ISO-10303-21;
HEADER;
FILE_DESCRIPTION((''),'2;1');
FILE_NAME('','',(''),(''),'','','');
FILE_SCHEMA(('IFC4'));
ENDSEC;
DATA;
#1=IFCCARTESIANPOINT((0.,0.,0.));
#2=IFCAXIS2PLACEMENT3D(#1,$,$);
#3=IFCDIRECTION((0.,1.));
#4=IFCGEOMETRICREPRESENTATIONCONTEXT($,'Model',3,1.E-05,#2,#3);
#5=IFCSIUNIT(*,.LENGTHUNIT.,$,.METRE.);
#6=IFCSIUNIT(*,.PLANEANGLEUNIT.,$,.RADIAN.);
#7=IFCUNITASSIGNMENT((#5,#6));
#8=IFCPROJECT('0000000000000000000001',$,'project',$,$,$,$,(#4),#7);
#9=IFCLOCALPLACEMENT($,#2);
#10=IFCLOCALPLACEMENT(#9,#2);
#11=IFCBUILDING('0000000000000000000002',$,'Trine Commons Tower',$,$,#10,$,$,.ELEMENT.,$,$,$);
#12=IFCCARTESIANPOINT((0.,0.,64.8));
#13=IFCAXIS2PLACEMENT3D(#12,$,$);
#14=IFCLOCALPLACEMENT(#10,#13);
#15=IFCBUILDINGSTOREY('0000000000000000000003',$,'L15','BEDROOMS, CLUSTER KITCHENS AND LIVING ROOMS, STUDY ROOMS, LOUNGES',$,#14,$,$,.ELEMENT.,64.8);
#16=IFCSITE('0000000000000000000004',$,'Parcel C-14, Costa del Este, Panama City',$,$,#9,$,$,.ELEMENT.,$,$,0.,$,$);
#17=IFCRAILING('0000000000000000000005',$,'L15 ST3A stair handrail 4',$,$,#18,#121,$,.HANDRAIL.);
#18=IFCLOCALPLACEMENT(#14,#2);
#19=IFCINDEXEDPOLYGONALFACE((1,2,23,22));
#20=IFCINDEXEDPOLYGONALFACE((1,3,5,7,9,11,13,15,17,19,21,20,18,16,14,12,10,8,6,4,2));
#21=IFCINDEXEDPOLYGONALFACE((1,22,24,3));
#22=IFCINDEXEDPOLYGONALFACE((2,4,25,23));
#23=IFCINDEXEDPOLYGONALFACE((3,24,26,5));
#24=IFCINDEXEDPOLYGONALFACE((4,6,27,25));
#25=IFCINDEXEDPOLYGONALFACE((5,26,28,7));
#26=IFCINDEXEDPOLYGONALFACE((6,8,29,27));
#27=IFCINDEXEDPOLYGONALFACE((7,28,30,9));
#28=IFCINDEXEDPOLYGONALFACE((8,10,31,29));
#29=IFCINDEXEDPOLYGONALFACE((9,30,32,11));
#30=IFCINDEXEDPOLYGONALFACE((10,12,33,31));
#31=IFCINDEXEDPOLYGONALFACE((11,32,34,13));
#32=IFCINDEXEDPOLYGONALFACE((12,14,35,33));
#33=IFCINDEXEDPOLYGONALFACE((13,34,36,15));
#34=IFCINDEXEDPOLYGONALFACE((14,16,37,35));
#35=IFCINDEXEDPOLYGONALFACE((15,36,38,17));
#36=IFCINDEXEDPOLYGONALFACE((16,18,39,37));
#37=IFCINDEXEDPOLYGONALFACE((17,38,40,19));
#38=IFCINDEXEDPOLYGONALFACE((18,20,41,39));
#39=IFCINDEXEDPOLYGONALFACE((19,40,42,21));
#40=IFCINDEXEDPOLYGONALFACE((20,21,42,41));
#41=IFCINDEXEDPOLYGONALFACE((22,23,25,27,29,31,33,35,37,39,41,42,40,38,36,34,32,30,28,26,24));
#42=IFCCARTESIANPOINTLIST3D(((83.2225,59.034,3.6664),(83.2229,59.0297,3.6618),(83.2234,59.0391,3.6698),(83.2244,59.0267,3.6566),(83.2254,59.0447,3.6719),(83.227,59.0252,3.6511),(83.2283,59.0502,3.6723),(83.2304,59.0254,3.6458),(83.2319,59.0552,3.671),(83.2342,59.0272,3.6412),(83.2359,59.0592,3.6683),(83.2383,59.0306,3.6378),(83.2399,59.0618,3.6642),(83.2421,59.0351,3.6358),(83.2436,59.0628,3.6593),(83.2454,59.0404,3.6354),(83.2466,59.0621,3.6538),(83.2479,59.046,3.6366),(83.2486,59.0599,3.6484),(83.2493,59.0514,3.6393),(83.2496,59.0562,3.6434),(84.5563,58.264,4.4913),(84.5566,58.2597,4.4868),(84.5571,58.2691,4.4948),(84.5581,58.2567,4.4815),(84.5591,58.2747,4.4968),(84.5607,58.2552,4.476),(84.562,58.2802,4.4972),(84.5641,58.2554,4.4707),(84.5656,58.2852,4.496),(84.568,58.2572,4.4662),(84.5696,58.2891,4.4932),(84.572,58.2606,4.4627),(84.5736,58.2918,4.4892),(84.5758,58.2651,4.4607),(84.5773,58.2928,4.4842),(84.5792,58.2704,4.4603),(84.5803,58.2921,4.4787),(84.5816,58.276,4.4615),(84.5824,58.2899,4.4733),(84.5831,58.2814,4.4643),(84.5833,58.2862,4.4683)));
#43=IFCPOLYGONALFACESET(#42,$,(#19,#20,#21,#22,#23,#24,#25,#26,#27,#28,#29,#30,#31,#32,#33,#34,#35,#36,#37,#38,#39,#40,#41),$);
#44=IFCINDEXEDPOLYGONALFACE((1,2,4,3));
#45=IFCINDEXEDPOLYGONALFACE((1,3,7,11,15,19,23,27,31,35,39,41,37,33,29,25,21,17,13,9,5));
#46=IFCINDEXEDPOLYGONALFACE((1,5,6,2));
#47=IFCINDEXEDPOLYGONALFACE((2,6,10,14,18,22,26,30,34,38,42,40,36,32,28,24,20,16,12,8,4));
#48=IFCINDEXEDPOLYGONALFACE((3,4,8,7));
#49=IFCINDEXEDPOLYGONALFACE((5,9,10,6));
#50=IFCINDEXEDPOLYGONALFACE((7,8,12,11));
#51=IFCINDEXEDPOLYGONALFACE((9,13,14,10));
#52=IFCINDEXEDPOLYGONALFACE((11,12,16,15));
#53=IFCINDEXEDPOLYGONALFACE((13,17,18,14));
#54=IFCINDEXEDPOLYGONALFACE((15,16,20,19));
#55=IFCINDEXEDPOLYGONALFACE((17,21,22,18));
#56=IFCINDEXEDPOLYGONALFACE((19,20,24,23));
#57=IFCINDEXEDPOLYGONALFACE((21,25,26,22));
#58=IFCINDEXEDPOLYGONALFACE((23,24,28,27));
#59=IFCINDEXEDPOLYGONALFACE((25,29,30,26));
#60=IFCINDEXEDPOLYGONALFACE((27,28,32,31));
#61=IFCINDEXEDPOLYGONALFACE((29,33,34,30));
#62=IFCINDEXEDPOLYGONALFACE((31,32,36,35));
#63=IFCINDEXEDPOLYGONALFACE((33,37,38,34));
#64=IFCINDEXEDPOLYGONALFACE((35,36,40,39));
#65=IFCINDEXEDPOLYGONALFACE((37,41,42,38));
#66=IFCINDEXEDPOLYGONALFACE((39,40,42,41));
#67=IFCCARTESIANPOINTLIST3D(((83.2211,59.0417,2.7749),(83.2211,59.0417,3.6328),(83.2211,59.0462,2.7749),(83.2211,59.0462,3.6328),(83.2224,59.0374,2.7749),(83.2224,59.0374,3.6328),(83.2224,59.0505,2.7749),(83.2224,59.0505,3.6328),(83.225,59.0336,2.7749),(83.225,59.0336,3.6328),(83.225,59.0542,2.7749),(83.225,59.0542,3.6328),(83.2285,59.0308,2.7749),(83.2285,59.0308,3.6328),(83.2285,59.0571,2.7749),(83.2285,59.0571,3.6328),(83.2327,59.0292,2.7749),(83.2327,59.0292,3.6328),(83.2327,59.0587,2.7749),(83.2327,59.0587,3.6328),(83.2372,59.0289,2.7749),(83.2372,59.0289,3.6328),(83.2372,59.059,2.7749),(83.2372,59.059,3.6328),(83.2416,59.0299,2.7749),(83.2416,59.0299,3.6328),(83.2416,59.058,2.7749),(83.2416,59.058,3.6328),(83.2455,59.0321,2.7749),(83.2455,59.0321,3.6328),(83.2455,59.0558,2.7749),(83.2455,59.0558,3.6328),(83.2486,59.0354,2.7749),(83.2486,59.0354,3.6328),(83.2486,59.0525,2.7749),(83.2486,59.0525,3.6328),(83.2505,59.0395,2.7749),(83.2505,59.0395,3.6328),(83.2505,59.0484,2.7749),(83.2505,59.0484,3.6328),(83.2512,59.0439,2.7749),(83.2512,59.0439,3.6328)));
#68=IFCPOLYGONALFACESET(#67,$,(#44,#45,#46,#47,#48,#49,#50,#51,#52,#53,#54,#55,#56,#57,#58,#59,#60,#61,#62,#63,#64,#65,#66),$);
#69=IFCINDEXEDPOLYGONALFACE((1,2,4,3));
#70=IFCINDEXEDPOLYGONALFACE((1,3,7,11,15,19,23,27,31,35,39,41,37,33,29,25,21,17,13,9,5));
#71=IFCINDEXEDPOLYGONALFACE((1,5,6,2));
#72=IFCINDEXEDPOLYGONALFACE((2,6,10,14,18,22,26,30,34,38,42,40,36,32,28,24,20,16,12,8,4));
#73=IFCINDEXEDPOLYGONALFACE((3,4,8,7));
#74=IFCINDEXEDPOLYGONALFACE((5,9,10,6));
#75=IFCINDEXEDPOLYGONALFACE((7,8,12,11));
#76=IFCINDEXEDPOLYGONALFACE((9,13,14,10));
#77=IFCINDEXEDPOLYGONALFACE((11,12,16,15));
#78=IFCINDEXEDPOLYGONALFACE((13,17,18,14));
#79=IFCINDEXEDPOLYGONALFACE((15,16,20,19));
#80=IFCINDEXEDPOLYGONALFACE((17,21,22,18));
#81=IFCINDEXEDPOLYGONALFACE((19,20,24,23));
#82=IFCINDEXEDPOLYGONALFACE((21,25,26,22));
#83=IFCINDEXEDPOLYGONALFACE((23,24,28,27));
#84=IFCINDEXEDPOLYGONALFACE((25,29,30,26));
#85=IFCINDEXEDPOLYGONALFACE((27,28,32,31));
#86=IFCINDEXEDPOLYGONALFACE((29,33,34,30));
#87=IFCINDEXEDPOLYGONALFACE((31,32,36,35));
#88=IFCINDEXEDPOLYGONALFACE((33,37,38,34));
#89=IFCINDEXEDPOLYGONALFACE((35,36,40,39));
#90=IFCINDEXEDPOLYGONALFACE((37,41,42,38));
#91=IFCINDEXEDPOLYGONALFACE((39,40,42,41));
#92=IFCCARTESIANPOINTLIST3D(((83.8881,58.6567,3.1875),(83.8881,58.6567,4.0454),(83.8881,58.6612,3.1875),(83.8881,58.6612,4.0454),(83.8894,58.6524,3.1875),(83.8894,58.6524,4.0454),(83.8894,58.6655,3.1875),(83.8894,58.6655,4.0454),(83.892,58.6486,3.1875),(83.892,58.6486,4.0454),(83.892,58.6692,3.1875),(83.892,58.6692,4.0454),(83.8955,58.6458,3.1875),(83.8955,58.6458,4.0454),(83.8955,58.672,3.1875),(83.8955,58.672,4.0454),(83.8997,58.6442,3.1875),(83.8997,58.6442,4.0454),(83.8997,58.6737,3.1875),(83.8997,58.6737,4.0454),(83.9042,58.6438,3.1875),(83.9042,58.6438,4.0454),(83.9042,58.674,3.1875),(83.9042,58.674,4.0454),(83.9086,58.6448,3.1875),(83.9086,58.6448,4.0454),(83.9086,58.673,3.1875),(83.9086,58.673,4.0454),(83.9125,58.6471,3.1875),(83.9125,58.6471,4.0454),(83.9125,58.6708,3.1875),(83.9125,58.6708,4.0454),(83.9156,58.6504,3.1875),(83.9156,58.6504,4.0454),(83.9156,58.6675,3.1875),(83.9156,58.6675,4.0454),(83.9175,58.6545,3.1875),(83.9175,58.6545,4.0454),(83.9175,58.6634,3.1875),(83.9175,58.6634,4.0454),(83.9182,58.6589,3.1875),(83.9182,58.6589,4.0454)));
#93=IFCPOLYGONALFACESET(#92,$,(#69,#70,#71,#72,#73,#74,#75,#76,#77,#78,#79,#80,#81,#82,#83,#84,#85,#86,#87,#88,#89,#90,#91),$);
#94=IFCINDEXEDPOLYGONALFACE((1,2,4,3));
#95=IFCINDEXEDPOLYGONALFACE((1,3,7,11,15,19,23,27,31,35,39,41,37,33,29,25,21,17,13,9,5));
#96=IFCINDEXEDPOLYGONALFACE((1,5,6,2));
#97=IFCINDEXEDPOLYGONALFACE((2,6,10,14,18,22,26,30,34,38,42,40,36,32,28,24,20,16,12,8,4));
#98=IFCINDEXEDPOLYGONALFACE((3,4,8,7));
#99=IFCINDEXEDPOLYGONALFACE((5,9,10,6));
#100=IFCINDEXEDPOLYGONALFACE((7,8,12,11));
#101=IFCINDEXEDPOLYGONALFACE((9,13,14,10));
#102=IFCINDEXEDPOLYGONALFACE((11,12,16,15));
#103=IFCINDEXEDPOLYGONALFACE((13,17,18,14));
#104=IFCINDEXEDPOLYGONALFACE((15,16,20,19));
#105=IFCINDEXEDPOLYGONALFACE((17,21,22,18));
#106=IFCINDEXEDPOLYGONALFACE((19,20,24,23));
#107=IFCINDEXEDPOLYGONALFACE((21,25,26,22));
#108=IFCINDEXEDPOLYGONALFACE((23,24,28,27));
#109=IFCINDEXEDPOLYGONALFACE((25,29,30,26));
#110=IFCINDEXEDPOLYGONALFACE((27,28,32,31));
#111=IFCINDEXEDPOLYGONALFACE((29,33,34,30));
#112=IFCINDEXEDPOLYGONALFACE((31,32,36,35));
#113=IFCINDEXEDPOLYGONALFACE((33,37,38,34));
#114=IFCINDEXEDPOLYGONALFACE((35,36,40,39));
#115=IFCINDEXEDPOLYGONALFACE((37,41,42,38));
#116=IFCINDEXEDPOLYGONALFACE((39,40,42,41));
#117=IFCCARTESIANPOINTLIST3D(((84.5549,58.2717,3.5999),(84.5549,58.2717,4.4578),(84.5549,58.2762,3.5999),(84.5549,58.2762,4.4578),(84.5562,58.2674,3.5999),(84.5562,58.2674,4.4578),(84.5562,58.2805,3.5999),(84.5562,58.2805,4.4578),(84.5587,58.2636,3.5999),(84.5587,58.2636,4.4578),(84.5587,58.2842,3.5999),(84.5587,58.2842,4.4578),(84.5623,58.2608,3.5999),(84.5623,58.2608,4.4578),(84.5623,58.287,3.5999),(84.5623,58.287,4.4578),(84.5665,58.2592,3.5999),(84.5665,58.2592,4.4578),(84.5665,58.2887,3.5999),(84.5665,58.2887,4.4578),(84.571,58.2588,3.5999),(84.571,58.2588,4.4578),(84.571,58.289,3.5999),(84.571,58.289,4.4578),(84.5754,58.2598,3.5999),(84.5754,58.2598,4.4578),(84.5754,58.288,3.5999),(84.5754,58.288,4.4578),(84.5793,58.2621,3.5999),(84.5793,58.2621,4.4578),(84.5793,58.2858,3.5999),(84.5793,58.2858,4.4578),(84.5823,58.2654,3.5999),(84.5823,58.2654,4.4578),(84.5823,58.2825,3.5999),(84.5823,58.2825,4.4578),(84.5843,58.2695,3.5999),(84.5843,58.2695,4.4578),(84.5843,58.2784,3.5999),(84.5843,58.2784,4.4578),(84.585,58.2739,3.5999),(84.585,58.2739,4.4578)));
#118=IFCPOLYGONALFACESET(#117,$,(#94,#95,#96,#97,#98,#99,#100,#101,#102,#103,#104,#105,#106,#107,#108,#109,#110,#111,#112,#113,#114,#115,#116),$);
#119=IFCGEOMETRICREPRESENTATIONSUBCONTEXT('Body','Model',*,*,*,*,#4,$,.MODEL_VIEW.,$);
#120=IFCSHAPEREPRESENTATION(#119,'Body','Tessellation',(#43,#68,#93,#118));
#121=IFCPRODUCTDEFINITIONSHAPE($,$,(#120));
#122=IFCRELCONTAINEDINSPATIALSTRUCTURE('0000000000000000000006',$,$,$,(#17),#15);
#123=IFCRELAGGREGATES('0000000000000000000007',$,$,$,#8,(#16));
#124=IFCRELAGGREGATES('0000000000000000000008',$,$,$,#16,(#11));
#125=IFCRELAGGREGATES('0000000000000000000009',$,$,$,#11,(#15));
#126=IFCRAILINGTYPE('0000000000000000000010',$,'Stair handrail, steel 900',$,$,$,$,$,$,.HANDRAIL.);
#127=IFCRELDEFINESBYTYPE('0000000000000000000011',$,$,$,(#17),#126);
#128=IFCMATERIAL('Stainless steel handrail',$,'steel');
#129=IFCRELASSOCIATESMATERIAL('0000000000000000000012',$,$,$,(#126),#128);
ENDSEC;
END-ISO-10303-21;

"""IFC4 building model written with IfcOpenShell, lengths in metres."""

from ifc_helpers import new_model, si_unit, direction, frame, origin, origin_2d, place, context, subcontext, project, spatial, circle, extrude, material, type_object, element, save


model = new_model("IFC4")

# Units and contexts
model_context = context("Model", 3, precision=1e-05, world=origin(), true_north=direction((0.0, 1.0)))
body_context = subcontext(model_context, "Body", "Model", "MODEL_VIEW")
ifc_project = project(units=[si_unit("LENGTHUNIT", "METRE"), si_unit("PLANEANGLEUNIT", "RADIAN")], contexts=[model_context])

# Site, building, storey
site_placement = place(None, origin())
site = spatial("IfcSite", under=ifc_project, at=site_placement, Name="Parcel C-14, Costa del Este, Panama City", CompositionType="ELEMENT", RefElevation=0.0)
building_placement = place(site_placement, origin())
building = spatial("IfcBuilding", under=site, at=building_placement, Name="Trine Commons Tower", CompositionType="ELEMENT")
storey_placement = place(building_placement, frame((0.0, 0.0, 64.8)))
storey = spatial("IfcBuildingStorey", under=building, at=storey_placement, Name="L15", Description="BEDROOMS, CLUSTER KITCHENS AND LIVING ROOMS, STUDY ROOMS, LOUNGES", CompositionType="ELEMENT", Elevation=64.8)

# Railing
ifc_material_1 = material(Name="Stainless steel handrail", Category="steel")
railing_type = type_object("IfcRailingType", Name="Stair handrail, steel 900", PredefinedType="HANDRAIL", material=ifc_material_1)
railing_placement = place(storey_placement, frame((83.2361, 59.0439, 2.7749)))
element("IfcRailing", 1, at=railing_placement, inside=storey, type_object=railing_type, Name="L15 ST3A stair handrail 4", PredefinedType="HANDRAIL", context=body_context, shape_type="SweptSolid", body=[
    extrude(circle(Radius=0.021, at=origin_2d()), frame((0.0, 0.0, 0.8789), z_axis=(0.763405, -0.440743, 0.472185), x_axis=(0.499992, 0.86603, 0.0)), (0.0, 0.0, 1.0), 1.7471),
    extrude(circle(Radius=0.0151, at=origin_2d()), origin(), (0.0, 0.0, 1.0), 0.8579),
    extrude(circle(Radius=0.0151, at=origin_2d()), frame((0.667, -0.385, 0.4126)), (0.0, 0.0, 1.0), 0.8579),
    extrude(circle(Radius=0.0151, at=origin_2d()), frame((1.3337, -0.77, 0.825)), (0.0, 0.0, 1.0), 0.8579),
])

save(model, "model.ifc")
